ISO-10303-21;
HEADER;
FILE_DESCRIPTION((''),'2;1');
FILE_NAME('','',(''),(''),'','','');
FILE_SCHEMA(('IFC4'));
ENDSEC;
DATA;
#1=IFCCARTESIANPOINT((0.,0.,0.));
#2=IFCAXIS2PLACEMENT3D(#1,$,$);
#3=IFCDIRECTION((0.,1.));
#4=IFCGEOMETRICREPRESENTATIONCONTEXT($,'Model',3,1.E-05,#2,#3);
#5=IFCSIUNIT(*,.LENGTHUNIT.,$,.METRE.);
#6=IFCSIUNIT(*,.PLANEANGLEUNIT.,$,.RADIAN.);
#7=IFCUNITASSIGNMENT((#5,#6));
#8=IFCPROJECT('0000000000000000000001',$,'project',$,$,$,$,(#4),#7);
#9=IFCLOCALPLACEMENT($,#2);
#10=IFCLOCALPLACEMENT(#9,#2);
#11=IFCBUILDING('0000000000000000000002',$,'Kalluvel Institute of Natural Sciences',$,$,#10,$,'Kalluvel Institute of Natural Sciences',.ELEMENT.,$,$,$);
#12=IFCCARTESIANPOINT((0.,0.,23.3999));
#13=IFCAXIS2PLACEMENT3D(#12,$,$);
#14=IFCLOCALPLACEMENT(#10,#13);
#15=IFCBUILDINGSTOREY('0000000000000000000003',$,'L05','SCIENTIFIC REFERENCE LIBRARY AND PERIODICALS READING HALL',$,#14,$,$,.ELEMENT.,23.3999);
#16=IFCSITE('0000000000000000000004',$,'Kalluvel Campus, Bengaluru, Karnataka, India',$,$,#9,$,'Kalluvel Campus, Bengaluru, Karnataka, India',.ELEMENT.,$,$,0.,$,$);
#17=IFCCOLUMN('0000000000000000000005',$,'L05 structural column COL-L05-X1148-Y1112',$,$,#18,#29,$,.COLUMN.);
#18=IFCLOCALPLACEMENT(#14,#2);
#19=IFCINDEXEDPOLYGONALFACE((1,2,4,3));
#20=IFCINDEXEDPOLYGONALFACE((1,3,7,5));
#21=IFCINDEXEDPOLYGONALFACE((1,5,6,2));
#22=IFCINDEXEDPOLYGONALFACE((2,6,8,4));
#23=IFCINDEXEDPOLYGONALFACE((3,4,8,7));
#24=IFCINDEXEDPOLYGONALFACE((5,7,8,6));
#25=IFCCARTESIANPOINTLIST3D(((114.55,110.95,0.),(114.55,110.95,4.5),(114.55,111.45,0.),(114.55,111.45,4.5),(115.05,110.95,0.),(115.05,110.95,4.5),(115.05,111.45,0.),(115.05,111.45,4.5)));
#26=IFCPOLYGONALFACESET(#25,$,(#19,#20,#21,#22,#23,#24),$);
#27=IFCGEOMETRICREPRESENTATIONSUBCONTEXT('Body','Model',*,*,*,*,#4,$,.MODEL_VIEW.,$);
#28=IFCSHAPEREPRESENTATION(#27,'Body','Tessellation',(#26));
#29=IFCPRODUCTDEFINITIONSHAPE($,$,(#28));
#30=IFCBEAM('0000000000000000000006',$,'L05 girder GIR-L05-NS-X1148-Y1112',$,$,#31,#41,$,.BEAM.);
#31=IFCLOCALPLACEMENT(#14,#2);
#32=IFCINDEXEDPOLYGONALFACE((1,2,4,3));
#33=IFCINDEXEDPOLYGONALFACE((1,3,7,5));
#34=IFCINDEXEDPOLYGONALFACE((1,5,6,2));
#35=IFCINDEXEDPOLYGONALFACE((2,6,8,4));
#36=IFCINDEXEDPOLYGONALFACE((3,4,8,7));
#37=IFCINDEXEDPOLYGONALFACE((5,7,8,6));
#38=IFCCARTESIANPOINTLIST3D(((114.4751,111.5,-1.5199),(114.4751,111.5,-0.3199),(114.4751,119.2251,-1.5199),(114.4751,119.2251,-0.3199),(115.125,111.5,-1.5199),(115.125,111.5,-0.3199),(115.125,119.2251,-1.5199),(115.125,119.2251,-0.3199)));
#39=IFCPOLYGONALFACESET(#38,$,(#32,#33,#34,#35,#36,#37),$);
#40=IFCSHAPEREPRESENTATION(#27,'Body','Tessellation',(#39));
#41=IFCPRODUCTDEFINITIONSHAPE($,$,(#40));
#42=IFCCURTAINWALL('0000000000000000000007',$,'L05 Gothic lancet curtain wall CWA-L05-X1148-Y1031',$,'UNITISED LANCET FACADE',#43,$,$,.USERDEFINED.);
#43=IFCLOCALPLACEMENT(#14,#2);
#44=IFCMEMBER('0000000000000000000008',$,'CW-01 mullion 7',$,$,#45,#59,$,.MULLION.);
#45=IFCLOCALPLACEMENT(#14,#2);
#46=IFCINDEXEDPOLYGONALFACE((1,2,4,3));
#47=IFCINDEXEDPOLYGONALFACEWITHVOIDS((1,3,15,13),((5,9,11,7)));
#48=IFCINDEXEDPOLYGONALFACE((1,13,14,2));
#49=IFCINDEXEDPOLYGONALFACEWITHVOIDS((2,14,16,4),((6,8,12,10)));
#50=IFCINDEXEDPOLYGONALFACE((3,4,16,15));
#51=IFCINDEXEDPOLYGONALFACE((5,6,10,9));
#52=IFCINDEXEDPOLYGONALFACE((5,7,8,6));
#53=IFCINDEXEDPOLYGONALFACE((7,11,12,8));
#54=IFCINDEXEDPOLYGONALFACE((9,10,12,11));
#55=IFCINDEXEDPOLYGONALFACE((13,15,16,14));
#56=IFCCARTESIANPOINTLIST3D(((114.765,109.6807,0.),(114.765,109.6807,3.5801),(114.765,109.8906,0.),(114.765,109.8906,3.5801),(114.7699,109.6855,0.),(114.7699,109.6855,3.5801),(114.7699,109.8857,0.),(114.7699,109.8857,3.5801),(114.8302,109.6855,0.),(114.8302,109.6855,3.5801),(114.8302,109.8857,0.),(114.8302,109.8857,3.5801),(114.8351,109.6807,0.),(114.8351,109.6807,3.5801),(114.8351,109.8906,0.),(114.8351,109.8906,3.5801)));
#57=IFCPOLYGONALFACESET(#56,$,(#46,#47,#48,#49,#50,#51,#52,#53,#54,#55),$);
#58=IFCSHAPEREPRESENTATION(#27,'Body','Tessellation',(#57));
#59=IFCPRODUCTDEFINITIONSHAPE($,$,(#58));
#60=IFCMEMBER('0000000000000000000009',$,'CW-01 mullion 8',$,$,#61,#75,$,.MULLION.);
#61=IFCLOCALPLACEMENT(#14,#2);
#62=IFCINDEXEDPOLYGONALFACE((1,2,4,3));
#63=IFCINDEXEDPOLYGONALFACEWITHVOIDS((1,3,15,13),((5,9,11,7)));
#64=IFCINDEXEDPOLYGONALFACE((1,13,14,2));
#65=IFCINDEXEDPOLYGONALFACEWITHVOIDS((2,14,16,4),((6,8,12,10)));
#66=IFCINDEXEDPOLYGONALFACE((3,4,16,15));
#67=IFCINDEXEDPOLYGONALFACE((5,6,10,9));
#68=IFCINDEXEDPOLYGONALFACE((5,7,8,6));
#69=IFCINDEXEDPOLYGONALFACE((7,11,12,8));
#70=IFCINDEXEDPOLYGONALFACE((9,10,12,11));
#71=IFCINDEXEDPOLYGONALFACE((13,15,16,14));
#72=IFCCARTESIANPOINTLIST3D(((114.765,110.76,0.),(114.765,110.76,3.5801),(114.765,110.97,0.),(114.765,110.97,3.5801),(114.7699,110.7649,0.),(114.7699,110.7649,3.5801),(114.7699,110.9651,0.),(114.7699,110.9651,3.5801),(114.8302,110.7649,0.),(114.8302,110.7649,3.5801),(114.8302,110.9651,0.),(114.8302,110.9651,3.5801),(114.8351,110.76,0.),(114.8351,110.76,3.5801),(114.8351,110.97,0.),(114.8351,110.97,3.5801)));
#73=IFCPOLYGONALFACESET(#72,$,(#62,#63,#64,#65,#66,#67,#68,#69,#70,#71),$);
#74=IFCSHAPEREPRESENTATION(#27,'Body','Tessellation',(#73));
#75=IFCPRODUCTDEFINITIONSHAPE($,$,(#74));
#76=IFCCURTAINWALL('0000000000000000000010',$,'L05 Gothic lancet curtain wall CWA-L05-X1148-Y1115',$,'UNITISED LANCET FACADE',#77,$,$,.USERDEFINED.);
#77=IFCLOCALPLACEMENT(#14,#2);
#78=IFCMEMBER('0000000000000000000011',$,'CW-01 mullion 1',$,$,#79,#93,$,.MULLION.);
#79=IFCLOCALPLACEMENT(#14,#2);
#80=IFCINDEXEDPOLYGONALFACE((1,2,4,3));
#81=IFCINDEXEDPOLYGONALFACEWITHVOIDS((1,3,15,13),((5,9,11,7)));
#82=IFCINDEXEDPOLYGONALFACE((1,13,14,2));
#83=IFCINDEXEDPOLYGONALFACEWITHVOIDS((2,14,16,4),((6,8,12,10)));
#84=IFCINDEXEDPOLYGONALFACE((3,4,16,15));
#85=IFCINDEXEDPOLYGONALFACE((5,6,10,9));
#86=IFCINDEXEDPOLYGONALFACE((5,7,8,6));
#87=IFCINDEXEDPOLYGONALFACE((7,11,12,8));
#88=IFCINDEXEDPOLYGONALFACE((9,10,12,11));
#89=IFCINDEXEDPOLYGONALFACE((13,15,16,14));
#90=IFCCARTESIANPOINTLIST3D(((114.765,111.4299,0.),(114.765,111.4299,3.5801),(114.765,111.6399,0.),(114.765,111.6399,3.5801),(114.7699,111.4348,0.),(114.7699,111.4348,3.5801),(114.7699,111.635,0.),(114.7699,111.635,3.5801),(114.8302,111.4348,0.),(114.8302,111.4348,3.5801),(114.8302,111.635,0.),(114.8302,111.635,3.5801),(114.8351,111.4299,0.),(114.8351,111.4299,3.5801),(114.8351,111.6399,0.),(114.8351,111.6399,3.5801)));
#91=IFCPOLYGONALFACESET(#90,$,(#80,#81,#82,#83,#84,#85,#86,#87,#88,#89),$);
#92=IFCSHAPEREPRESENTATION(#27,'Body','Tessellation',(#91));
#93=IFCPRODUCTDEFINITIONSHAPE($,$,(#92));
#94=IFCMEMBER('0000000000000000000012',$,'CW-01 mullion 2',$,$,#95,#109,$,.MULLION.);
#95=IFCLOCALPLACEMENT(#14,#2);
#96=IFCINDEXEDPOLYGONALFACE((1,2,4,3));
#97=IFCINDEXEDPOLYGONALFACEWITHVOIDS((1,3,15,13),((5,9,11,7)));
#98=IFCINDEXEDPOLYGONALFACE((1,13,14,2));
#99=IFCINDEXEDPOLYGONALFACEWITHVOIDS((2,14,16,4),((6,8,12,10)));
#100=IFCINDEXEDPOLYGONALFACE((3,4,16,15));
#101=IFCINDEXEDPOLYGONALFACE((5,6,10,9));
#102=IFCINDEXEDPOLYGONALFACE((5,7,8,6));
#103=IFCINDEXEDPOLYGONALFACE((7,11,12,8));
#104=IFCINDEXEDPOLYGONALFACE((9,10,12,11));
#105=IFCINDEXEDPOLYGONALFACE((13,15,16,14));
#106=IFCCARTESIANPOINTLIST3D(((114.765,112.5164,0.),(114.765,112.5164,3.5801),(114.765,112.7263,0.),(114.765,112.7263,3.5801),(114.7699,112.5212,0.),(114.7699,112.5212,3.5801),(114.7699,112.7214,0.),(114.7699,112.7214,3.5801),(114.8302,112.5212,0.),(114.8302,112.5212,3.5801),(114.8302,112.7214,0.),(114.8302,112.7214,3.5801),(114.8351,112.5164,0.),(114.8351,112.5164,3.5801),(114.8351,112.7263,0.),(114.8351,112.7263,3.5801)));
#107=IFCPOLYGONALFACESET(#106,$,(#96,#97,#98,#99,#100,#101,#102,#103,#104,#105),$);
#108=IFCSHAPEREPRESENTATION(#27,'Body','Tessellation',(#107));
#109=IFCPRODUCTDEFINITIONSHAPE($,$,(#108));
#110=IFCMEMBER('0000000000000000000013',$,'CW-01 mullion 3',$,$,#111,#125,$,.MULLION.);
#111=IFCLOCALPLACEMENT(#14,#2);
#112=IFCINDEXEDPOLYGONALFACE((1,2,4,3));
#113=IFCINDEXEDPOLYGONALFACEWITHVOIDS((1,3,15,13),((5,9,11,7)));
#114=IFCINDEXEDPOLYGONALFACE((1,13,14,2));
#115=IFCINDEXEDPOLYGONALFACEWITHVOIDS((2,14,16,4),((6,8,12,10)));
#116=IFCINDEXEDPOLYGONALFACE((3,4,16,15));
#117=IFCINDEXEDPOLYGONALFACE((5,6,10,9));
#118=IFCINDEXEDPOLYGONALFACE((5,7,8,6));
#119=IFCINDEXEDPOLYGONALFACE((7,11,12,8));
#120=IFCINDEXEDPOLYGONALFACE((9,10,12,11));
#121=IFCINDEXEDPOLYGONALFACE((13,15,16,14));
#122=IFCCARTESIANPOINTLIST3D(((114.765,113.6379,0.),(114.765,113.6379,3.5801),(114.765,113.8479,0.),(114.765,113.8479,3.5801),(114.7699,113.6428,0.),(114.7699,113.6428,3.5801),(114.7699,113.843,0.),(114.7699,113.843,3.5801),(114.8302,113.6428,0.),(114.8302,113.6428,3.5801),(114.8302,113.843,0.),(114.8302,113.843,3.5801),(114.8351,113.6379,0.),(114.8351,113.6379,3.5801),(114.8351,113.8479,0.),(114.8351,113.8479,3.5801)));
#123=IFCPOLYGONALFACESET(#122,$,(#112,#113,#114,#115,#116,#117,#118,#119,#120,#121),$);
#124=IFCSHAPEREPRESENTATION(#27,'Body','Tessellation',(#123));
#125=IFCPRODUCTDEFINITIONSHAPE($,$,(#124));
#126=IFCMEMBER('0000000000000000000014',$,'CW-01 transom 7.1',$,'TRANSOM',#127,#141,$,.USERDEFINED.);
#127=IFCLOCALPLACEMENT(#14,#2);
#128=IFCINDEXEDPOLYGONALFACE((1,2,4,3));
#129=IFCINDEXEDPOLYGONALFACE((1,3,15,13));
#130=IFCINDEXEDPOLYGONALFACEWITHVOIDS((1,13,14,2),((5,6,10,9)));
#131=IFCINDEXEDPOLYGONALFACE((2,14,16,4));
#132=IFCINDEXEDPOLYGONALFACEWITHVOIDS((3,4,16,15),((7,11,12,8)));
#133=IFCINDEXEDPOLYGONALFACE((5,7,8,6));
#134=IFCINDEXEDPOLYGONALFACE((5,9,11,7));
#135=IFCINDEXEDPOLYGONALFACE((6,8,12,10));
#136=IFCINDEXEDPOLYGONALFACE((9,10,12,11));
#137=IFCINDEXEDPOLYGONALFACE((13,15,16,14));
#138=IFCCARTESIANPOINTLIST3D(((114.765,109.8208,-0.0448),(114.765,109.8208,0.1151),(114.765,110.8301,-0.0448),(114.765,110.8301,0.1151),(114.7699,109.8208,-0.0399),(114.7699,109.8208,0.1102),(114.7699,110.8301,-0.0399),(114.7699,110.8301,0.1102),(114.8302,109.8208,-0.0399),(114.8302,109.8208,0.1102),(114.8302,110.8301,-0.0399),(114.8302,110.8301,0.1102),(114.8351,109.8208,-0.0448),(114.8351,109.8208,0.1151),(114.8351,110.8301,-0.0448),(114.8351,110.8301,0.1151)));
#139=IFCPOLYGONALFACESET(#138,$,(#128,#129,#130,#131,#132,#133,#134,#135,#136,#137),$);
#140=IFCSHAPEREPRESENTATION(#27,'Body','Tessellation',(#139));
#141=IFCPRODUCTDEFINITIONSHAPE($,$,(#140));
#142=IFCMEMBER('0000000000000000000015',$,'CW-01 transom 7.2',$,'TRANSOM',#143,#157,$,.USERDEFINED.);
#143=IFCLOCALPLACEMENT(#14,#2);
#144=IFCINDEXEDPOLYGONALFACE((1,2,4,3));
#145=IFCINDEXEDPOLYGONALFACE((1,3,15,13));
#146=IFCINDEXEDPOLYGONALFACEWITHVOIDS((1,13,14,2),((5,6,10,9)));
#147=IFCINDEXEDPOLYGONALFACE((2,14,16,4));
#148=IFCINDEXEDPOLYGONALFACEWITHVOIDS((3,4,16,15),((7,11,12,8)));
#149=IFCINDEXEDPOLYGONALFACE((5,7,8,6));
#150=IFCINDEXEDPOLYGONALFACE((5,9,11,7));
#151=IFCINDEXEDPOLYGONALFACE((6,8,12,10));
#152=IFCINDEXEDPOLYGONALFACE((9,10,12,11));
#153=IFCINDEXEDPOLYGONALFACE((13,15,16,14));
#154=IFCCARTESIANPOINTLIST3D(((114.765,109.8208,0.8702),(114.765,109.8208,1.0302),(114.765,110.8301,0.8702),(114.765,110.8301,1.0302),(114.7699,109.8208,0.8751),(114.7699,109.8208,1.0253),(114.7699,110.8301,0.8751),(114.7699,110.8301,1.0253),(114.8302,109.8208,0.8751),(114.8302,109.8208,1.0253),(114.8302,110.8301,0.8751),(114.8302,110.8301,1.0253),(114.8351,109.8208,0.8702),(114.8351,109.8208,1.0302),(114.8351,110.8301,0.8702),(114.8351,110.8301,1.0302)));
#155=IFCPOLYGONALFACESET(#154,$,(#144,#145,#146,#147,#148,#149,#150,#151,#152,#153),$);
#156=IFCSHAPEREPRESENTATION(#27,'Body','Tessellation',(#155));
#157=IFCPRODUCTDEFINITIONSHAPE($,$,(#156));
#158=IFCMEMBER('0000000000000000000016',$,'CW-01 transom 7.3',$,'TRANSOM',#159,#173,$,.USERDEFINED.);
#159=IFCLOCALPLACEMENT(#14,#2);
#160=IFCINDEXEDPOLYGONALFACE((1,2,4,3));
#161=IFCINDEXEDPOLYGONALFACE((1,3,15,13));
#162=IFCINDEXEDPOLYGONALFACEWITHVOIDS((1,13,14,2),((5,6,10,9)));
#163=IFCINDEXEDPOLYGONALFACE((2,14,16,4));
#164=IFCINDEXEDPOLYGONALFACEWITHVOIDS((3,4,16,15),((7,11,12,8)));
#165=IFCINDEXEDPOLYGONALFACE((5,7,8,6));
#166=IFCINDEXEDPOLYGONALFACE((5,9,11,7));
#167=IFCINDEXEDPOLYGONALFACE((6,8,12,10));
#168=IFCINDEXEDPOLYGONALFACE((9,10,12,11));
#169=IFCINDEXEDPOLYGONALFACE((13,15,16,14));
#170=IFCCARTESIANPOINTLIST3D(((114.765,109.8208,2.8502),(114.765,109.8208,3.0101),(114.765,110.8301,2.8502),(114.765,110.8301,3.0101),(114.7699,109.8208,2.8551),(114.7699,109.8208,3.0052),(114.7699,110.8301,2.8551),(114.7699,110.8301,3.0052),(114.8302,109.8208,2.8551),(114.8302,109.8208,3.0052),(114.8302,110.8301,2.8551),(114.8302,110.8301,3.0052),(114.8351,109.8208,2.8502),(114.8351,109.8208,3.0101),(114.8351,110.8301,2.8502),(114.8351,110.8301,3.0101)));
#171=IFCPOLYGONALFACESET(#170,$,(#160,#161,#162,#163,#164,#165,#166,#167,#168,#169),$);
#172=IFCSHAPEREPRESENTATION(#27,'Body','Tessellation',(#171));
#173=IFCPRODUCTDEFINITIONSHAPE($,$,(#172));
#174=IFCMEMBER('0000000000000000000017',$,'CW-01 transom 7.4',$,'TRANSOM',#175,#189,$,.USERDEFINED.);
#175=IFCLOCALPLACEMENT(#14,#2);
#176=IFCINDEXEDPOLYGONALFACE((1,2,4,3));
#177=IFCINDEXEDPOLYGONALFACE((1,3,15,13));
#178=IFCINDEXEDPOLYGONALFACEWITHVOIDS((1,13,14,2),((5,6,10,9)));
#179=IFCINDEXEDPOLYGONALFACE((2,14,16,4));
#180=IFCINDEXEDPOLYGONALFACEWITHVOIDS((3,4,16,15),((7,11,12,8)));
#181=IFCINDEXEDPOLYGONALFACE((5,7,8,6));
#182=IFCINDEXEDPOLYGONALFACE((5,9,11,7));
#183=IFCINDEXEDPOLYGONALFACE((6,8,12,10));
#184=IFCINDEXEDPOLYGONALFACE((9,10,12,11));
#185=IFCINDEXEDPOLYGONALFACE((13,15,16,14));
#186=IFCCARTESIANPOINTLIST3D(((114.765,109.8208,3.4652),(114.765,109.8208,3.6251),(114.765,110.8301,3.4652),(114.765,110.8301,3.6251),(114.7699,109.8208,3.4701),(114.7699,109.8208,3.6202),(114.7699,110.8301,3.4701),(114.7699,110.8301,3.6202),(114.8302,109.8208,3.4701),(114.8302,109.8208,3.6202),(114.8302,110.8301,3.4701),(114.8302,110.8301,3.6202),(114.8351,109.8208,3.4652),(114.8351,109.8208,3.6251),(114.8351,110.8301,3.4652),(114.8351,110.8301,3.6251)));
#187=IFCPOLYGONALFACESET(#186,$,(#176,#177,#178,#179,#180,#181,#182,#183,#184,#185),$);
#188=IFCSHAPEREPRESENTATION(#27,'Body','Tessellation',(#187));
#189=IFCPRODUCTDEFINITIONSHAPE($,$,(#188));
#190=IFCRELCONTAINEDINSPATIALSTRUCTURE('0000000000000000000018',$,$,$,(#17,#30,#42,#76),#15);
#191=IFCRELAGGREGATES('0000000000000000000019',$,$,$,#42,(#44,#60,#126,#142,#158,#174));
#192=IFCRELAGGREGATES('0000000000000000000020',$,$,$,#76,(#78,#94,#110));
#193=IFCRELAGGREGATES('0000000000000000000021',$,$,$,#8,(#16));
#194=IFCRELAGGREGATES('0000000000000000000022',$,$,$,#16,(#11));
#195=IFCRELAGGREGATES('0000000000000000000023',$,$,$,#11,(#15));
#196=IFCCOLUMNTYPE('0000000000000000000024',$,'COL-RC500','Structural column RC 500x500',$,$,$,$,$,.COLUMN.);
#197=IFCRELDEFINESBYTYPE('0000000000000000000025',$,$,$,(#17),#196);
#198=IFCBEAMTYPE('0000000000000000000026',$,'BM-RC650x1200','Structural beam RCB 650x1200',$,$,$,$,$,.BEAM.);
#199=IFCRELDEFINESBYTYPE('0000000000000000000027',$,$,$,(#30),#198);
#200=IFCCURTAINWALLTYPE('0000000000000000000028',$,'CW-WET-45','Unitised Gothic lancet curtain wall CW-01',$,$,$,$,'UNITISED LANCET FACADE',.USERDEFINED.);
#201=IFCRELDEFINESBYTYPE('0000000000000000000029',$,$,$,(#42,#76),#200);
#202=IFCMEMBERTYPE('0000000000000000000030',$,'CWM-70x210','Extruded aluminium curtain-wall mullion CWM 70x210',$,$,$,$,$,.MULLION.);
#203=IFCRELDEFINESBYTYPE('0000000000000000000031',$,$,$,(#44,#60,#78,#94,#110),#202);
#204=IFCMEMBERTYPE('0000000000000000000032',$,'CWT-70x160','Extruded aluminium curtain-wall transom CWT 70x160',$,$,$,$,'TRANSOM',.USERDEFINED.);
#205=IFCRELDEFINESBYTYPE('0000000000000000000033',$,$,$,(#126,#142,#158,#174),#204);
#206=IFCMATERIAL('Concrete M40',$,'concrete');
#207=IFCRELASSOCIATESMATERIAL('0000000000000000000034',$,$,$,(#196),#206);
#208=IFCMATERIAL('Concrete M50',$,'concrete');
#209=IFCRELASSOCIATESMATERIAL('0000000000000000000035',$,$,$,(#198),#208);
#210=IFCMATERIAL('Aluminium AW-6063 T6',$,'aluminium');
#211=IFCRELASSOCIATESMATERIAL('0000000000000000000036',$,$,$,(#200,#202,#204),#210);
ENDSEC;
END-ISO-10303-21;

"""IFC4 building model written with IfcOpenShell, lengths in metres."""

from ifc_helpers import new_model, si_unit, direction, frame, origin, origin_2d, place, context, subcontext, project, spatial, rectangle, hollow_rectangle, extrude, material, material_profile, profile_set, type_object, element, aggregate, save


model = new_model("IFC4")

# Units and contexts
model_context = context("Model", 3, precision=1e-05, world=origin(), true_north=direction((0.0, 1.0)))
body_context = subcontext(model_context, "Body", "Model", "MODEL_VIEW")
ifc_project = project(units=[si_unit("LENGTHUNIT", "METRE"), si_unit("PLANEANGLEUNIT", "RADIAN")], contexts=[model_context])

# Site, building, storey
site_placement = place(None, origin())
site = spatial("IfcSite", under=ifc_project, at=site_placement, Name="Kalluvel Campus, Bengaluru, Karnataka, India", LongName="Kalluvel Campus, Bengaluru, Karnataka, India", CompositionType="ELEMENT", RefElevation=0.0)
building_placement = place(site_placement, origin())
building = spatial("IfcBuilding", under=site, at=building_placement, Name="Kalluvel Institute of Natural Sciences", LongName="Kalluvel Institute of Natural Sciences", CompositionType="ELEMENT")
storey_placement = place(building_placement, frame((0.0, 0.0, 23.3999)))
storey = spatial("IfcBuildingStorey", under=building, at=storey_placement, Name="L05", Description="SCIENTIFIC REFERENCE LIBRARY AND PERIODICALS READING HALL", CompositionType="ELEMENT", Elevation=23.3999)

# Column
ifc_material_1 = material(Name="Concrete M40", Category="concrete")
ifc_material_profile_1 = material_profile(ifc_material_1, rectangle(XDim=0.5, YDim=0.5, at=origin_2d()), Name="RC 500x500")
ifc_profile_set_1 = profile_set([ifc_material_profile_1], Name="Concrete M40")
column_type = type_object("IfcColumnType", Name="COL-RC500", Description="Structural column RC 500x500", PredefinedType="COLUMN", material=ifc_profile_set_1)
column_placement = place(storey_placement, frame((114.8, 111.2, 0.0), z_axis=(0.0, 0.0, 1.0), x_axis=(1.0, 0.0, 0.0)))
element("IfcColumn", 1, at=column_placement, inside=storey, type_object=column_type, Name="L05 structural column COL-L05-X1148-Y1112", PredefinedType="COLUMN", context=body_context, shape_type="SweptSolid", body=[
    extrude(rectangle(XDim=0.5, YDim=0.5, at=origin_2d()), origin(), (0.0, 0.0, 1.0), 4.5),
])

# Beam
ifc_material_2 = material(Name="Concrete M50", Category="concrete")
ifc_material_profile_2 = material_profile(ifc_material_2, rectangle(XDim=0.6499, YDim=1.2, at=origin_2d()), Name="RCB 650x1200")
ifc_profile_set_2 = profile_set([ifc_material_profile_2], Name="Concrete M50")
beam_type = type_object("IfcBeamType", Name="BM-RC650x1200", Description="Structural beam RCB 650x1200", PredefinedType="BEAM", material=ifc_profile_set_2)
beam_placement = place(storey_placement, frame((114.8, 111.5, -0.9199), z_axis=(0.0, 1.0, 0.0), x_axis=(-1.0, 0.0, 0.0)))
element("IfcBeam", 2, at=beam_placement, inside=storey, type_object=beam_type, Name="L05 girder GIR-L05-NS-X1148-Y1112", PredefinedType="BEAM", context=body_context, shape_type="SweptSolid", body=[
    extrude(rectangle(XDim=0.6499, YDim=1.2, at=origin_2d()), origin(), (0.0, 0.0, 1.0), 7.7251),
])

# Curtain walls, members
ifc_material_3 = material(Name="Aluminium AW-6063 T6", Category="aluminium")
curtain_wall_type = type_object("IfcCurtainWallType", Name="CW-WET-45", Description="Unitised Gothic lancet curtain wall CW-01", ElementType="UNITISED LANCET FACADE", PredefinedType="USERDEFINED", material=ifc_material_3)
curtain_wall_1_placement = place(storey_placement, origin())
curtain_wall_1 = element("IfcCurtainWall", 3, at=curtain_wall_1_placement, inside=storey, type_object=curtain_wall_type, Name="L05 Gothic lancet curtain wall CWA-L05-X1148-Y1031", ObjectType="UNITISED LANCET FACADE", PredefinedType="USERDEFINED")
ifc_material_profile_3 = material_profile(ifc_material_3, hollow_rectangle(XDim=0.0701, YDim=0.21, WallThickness=0.0049, at=origin_2d()), Name="CWM 70x210")
ifc_profile_set_3 = profile_set([ifc_material_profile_3], Name="Aluminium AW-6063 T6")
member_type_1 = type_object("IfcMemberType", Name="CWM-70x210", Description="Extruded aluminium curtain-wall mullion CWM 70x210", PredefinedType="MULLION", material=ifc_profile_set_3)
member_1_placement = place(storey_placement, frame((114.8, 109.7856, 0.0), z_axis=(0.0, 0.0, 1.0), x_axis=(-1.0, 0.0, 0.0)))
member_1 = element("IfcMember", 4, at=member_1_placement, type_object=member_type_1, Name="CW-01 mullion 7", PredefinedType="MULLION", context=body_context, shape_type="SweptSolid", body=[
    extrude(hollow_rectangle(XDim=0.0701, YDim=0.21, WallThickness=0.0049, at=origin_2d()), origin(), (0.0, 0.0, 1.0), 3.5801),
])
member_2_placement = place(storey_placement, frame((114.8, 110.865, 0.0), z_axis=(0.0, 0.0, 1.0), x_axis=(-1.0, 0.0, 0.0)))
member_2 = element("IfcMember", 5, at=member_2_placement, type_object=member_type_1, Name="CW-01 mullion 8", PredefinedType="MULLION", context=body_context, shape_type="SweptSolid", body=[
    extrude(hollow_rectangle(XDim=0.0701, YDim=0.21, WallThickness=0.0049, at=origin_2d()), origin(), (0.0, 0.0, 1.0), 3.5801),
])
curtain_wall_2_placement = place(storey_placement, origin())
curtain_wall_2 = element("IfcCurtainWall", 6, at=curtain_wall_2_placement, inside=storey, type_object=curtain_wall_type, Name="L05 Gothic lancet curtain wall CWA-L05-X1148-Y1115", ObjectType="UNITISED LANCET FACADE", PredefinedType="USERDEFINED")
member_3_placement = place(storey_placement, frame((114.8, 111.5349, 0.0), z_axis=(0.0, 0.0, 1.0), x_axis=(-1.0, 0.0, 0.0)))
member_3 = element("IfcMember", 7, at=member_3_placement, type_object=member_type_1, Name="CW-01 mullion 1", PredefinedType="MULLION", context=body_context, shape_type="SweptSolid", body=[
    extrude(hollow_rectangle(XDim=0.0701, YDim=0.21, WallThickness=0.0049, at=origin_2d()), origin(), (0.0, 0.0, 1.0), 3.5801),
])
member_4_placement = place(storey_placement, frame((114.8, 112.6213, 0.0), z_axis=(0.0, 0.0, 1.0), x_axis=(-1.0, 0.0, 0.0)))
member_4 = element("IfcMember", 8, at=member_4_placement, type_object=member_type_1, Name="CW-01 mullion 2", PredefinedType="MULLION", context=body_context, shape_type="SweptSolid", body=[
    extrude(hollow_rectangle(XDim=0.0701, YDim=0.21, WallThickness=0.0049, at=origin_2d()), origin(), (0.0, 0.0, 1.0), 3.5801),
])
member_5_placement = place(storey_placement, frame((114.8, 113.7429, 0.0), z_axis=(0.0, 0.0, 1.0), x_axis=(-1.0, 0.0, 0.0)))
member_5 = element("IfcMember", 9, at=member_5_placement, type_object=member_type_1, Name="CW-01 mullion 3", PredefinedType="MULLION", context=body_context, shape_type="SweptSolid", body=[
    extrude(hollow_rectangle(XDim=0.0701, YDim=0.21, WallThickness=0.0049, at=origin_2d()), origin(), (0.0, 0.0, 1.0), 3.5801),
])

# Members
ifc_material_profile_4 = material_profile(ifc_material_3, hollow_rectangle(XDim=0.0701, YDim=0.1599, WallThickness=0.0049, at=origin_2d()), Name="CWT 70x160")
ifc_profile_set_4 = profile_set([ifc_material_profile_4], Name="Aluminium AW-6063 T6")
member_type_2 = type_object("IfcMemberType", Name="CWT-70x160", Description="Extruded aluminium curtain-wall transom CWT 70x160", ElementType="TRANSOM", PredefinedType="USERDEFINED", material=ifc_profile_set_4)
member_6_placement = place(storey_placement, frame((114.8, 109.8208, 0.0352), z_axis=(0.0, 1.0, 0.0), x_axis=(-1.0, 0.0, 0.0)))
member_6 = element("IfcMember", 10, at=member_6_placement, type_object=member_type_2, Name="CW-01 transom 7.1", ObjectType="TRANSOM", PredefinedType="USERDEFINED", context=body_context, shape_type="SweptSolid", body=[
    extrude(hollow_rectangle(XDim=0.0701, YDim=0.1599, WallThickness=0.0049, at=origin_2d()), origin(), (0.0, 0.0, 1.0), 1.0093),
])
member_7_placement = place(storey_placement, frame((114.8, 109.8208, 0.9502), z_axis=(0.0, 1.0, 0.0), x_axis=(-1.0, 0.0, 0.0)))
member_7 = element("IfcMember", 11, at=member_7_placement, type_object=member_type_2, Name="CW-01 transom 7.2", ObjectType="TRANSOM", PredefinedType="USERDEFINED", context=body_context, shape_type="SweptSolid", body=[
    extrude(hollow_rectangle(XDim=0.0701, YDim=0.1599, WallThickness=0.0049, at=origin_2d()), origin(), (0.0, 0.0, 1.0), 1.0093),
])
member_8_placement = place(storey_placement, frame((114.8, 109.8208, 2.9302), z_axis=(0.0, 1.0, 0.0), x_axis=(-1.0, 0.0, 0.0)))
member_8 = element("IfcMember", 12, at=member_8_placement, type_object=member_type_2, Name="CW-01 transom 7.3", ObjectType="TRANSOM", PredefinedType="USERDEFINED", context=body_context, shape_type="SweptSolid", body=[
    extrude(hollow_rectangle(XDim=0.0701, YDim=0.1599, WallThickness=0.0049, at=origin_2d()), origin(), (0.0, 0.0, 1.0), 1.0093),
])
member_9_placement = place(storey_placement, frame((114.8, 109.8208, 3.5452), z_axis=(0.0, 1.0, 0.0), x_axis=(-1.0, 0.0, 0.0)))
member_9 = element("IfcMember", 13, at=member_9_placement, type_object=member_type_2, Name="CW-01 transom 7.4", ObjectType="TRANSOM", PredefinedType="USERDEFINED", context=body_context, shape_type="SweptSolid", body=[
    extrude(hollow_rectangle(XDim=0.0701, YDim=0.1599, WallThickness=0.0049, at=origin_2d()), origin(), (0.0, 0.0, 1.0), 1.0093),
])

aggregate(curtain_wall_1, [member_1, member_2, member_6, member_7, member_8, member_9])
aggregate(curtain_wall_2, [member_3, member_4, member_5])

save(model, "model.ifc")
